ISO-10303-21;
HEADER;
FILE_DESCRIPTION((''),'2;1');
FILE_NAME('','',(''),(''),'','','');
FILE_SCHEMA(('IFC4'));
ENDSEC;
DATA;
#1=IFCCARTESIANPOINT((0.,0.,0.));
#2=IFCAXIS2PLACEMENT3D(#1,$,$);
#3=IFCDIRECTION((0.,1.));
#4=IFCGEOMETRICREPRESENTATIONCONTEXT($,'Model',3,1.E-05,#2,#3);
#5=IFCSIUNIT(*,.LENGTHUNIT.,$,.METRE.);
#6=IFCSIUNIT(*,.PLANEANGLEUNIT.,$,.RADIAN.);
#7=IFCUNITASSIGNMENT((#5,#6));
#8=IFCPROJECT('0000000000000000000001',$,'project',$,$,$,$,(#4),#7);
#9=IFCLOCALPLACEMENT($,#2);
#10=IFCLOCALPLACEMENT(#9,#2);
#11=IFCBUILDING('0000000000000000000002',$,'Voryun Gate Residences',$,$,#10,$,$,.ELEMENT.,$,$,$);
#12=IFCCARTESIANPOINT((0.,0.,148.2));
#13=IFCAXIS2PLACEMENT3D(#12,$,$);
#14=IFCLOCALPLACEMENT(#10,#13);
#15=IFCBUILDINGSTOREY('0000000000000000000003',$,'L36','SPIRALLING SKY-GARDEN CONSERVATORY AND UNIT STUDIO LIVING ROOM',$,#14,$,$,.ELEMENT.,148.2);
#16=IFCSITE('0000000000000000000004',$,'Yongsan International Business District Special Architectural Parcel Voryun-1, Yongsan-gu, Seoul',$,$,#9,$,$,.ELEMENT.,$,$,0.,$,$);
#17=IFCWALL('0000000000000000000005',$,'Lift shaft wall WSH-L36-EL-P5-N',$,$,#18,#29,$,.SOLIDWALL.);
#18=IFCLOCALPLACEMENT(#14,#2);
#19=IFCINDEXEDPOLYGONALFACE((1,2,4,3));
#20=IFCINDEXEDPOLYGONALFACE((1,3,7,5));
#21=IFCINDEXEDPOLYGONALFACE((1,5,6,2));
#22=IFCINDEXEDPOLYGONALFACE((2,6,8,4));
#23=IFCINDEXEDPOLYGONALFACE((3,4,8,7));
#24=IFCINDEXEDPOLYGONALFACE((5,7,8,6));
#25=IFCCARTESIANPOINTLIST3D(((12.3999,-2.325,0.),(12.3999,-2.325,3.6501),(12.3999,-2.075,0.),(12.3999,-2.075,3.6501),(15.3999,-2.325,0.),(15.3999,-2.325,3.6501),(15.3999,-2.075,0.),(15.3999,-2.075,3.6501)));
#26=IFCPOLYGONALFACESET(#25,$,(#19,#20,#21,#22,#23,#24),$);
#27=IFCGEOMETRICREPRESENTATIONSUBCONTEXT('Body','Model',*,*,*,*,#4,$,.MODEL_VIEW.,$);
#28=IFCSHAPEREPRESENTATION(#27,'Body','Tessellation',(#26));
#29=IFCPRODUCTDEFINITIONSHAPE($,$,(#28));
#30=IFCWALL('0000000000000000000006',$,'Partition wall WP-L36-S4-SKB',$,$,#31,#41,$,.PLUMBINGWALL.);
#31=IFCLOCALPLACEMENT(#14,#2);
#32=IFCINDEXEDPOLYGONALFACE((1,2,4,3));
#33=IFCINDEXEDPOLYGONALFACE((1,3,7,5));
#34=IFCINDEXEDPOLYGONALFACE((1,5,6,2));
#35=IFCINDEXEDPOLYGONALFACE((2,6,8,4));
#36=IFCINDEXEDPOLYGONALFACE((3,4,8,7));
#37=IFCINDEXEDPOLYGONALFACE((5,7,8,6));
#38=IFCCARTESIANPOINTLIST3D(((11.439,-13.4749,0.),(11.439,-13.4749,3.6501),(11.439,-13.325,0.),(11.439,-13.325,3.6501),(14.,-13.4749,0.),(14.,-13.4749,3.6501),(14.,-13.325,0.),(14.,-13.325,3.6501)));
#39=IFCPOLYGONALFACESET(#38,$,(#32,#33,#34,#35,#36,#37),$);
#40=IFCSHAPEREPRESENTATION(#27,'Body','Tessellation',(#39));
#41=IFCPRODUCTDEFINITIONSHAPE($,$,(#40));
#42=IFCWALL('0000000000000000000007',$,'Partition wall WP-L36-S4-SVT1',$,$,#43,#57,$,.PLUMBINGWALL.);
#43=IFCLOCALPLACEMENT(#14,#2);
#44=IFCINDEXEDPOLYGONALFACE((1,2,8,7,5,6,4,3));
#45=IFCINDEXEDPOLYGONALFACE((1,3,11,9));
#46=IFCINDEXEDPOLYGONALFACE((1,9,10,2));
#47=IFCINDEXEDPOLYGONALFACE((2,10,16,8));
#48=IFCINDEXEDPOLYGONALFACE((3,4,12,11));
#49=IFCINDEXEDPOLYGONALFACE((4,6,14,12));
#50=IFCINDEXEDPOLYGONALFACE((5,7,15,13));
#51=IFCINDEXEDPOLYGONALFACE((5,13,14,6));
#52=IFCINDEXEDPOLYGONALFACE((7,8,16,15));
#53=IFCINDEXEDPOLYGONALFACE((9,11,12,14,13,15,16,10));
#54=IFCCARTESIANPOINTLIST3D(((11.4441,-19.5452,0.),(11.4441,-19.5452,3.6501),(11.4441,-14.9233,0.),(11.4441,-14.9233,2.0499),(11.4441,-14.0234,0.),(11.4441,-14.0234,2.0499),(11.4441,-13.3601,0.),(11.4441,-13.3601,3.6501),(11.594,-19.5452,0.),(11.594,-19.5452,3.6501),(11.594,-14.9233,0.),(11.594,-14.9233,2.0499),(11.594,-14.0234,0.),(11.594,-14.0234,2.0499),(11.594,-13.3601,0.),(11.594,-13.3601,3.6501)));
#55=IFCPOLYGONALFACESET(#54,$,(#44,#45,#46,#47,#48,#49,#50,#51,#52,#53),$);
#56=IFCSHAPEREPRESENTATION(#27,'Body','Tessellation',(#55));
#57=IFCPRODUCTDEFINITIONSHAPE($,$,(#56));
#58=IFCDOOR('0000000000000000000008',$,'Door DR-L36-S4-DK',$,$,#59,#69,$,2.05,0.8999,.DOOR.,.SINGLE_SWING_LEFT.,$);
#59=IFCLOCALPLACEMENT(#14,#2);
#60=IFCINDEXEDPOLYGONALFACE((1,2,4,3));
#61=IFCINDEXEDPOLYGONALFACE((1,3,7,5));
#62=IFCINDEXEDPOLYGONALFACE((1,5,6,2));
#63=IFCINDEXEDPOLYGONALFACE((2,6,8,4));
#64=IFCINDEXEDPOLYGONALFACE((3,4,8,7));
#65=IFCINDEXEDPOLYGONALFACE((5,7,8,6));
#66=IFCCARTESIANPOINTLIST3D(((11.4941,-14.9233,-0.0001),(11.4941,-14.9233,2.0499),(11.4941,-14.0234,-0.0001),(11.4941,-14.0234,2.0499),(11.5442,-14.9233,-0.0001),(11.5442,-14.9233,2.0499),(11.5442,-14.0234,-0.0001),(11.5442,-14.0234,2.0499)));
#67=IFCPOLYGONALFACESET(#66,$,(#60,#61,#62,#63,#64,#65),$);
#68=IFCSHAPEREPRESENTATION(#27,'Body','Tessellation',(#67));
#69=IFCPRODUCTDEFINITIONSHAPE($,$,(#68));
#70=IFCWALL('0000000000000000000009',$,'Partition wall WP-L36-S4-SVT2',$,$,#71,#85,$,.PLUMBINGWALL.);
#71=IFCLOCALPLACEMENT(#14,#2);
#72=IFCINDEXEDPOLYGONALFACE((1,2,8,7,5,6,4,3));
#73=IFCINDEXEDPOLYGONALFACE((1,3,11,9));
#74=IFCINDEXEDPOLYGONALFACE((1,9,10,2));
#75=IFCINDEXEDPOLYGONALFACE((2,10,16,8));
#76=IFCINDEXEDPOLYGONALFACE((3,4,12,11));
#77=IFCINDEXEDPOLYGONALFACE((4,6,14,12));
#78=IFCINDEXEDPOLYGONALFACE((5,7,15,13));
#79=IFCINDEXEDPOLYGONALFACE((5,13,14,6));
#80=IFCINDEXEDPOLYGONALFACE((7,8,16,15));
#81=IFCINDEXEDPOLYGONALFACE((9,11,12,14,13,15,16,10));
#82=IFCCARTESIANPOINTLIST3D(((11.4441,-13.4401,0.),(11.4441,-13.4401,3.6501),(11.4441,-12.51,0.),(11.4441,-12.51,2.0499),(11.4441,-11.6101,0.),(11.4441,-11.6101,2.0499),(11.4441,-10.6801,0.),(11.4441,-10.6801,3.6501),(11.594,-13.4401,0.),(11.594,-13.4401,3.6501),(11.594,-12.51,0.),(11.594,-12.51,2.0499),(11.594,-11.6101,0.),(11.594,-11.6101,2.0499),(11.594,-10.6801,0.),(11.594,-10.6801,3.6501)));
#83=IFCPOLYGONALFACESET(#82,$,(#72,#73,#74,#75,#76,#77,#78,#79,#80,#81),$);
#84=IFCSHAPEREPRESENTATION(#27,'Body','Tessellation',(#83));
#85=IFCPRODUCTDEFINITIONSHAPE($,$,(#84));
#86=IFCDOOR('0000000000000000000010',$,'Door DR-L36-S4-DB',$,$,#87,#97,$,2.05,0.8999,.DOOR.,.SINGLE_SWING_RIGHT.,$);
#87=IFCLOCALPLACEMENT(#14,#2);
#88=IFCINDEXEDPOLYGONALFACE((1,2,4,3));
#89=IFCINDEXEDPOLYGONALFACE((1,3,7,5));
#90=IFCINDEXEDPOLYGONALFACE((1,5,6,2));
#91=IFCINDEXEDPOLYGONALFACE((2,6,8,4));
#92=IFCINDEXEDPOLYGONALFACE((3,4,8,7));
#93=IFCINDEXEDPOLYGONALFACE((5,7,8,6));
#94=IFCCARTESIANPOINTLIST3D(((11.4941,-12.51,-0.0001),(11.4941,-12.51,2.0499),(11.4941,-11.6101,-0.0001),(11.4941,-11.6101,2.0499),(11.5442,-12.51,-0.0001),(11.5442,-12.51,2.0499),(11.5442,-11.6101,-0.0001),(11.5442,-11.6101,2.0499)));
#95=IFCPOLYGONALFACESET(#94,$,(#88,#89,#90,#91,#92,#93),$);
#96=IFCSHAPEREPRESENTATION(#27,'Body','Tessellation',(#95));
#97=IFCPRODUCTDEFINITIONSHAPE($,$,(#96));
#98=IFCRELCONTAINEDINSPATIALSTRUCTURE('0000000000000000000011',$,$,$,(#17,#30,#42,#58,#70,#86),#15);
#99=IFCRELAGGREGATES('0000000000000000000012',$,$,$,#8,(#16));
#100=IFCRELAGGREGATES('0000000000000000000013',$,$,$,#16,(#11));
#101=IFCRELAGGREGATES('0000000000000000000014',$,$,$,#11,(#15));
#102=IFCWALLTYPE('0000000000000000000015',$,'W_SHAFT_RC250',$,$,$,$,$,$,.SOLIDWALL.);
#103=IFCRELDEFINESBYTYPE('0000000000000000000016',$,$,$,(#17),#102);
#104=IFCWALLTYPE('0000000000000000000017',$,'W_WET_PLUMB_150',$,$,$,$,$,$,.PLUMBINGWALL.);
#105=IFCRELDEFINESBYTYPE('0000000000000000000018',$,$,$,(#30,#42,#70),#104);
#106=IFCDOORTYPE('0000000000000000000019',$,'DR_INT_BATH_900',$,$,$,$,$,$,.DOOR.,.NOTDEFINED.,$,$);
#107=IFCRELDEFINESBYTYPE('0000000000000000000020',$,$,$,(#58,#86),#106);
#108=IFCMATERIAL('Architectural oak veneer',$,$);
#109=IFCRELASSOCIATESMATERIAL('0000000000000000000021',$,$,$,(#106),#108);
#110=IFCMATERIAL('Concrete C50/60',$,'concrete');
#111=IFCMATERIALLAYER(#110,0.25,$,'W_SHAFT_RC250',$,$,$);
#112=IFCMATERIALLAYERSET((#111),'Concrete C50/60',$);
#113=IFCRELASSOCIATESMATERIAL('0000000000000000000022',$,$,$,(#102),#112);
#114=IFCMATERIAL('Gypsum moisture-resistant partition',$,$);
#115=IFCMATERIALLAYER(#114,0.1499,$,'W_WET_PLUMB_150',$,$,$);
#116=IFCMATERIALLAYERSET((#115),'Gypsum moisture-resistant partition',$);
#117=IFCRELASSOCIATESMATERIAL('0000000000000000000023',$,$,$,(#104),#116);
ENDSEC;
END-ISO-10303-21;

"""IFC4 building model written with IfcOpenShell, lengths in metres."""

from ifc_helpers import new_model, si_unit, direction, frame, frame_2d, origin, place, context, subcontext, project, spatial, rectangle, extrude, material, layer, layer_set, type_object, element, fill, save


model = new_model("IFC4")

# Units and contexts
model_context = context("Model", 3, precision=1e-05, world=origin(), true_north=direction((0.0, 1.0)))
body_context = subcontext(model_context, "Body", "Model", "MODEL_VIEW")
ifc_project = project(units=[si_unit("LENGTHUNIT", "METRE"), si_unit("PLANEANGLEUNIT", "RADIAN")], contexts=[model_context])

# Site, building, storey
site_placement = place(None, origin())
site = spatial("IfcSite", under=ifc_project, at=site_placement, Name="Yongsan International Business District Special Architectural Parcel Voryun-1, Yongsan-gu, Seoul", CompositionType="ELEMENT", RefElevation=0.0)
building_placement = place(site_placement, origin())
building = spatial("IfcBuilding", under=site, at=building_placement, Name="Voryun Gate Residences", CompositionType="ELEMENT")
storey_placement = place(building_placement, frame((0.0, 0.0, 148.2)))
storey = spatial("IfcBuildingStorey", under=building, at=storey_placement, Name="L36", Description="SPIRALLING SKY-GARDEN CONSERVATORY AND UNIT STUDIO LIVING ROOM", CompositionType="ELEMENT", Elevation=148.2)

# Shared definitions
ifc_material_1 = material(Name="Architectural oak veneer")
door_type_1 = type_object("IfcDoorType", Name="DR_INT_BATH_900", OperationType="NOTDEFINED", PredefinedType="DOOR", material=ifc_material_1)

# Walls
ifc_material_2 = material(Name="Concrete C50/60", Category="concrete")
ifc_layer_1 = layer(ifc_material_2, 0.25, Name="W_SHAFT_RC250")
ifc_layer_set_1 = layer_set([ifc_layer_1], Name="Concrete C50/60")
wall_type_1 = type_object("IfcWallType", Name="W_SHAFT_RC250", PredefinedType="SOLIDWALL", material=ifc_layer_set_1)
wall_1_placement = place(storey_placement, frame((15.3999, -2.2, 0.0), z_axis=(0.0, 0.0, 1.0), x_axis=(-1.0, 0.0, 0.0)))
element("IfcWall", 1, at=wall_1_placement, inside=storey, type_object=wall_type_1, Name="Lift shaft wall WSH-L36-EL-P5-N", PredefinedType="SOLIDWALL", context=body_context, shape_type="SweptSolid", body=[
    extrude(rectangle(XDim=3.0, YDim=0.25, at=frame_2d((1.5, 0.0))), origin(), (0.0, 0.0, 1.0), 3.6501),
])
ifc_material_3 = material(Name="Gypsum moisture-resistant partition")
ifc_layer_2 = layer(ifc_material_3, 0.1499, Name="W_WET_PLUMB_150")
ifc_layer_set_2 = layer_set([ifc_layer_2], Name="Gypsum moisture-resistant partition")
wall_type_2 = type_object("IfcWallType", Name="W_WET_PLUMB_150", PredefinedType="PLUMBINGWALL", material=ifc_layer_set_2)
wall_2_placement = place(storey_placement, frame((11.439, -13.3999, 0.0), z_axis=(0.0, 0.0, 1.0), x_axis=(1.0, 0.0, 0.0)))
element("IfcWall", 2, at=wall_2_placement, inside=storey, type_object=wall_type_2, Name="Partition wall WP-L36-S4-SKB", PredefinedType="PLUMBINGWALL", context=body_context, shape_type="SweptSolid", body=[
    extrude(rectangle(XDim=2.561, YDim=0.1499, at=frame_2d((1.2805, 0.0))), origin(), (0.0, 0.0, 1.0), 3.6501),
])

# Walls, openings, doors
wall_3_placement = place(storey_placement, frame((11.519, -19.5452, 0.0), z_axis=(0.0, 0.0, 1.0), x_axis=(0.0, 1.0, 0.0)))
wall_3 = element("IfcWall", 3, at=wall_3_placement, inside=storey, type_object=wall_type_2, Name="Partition wall WP-L36-S4-SVT1", PredefinedType="PLUMBINGWALL", context=body_context, shape_type="SweptSolid", body=[
    extrude(rectangle(XDim=6.1851, YDim=0.1499, at=frame_2d((3.0925, 0.0))), origin(), (0.0, 0.0, 1.0), 3.6501),
])
opening_1_placement = place(wall_3_placement, frame((4.6218, 0.0, 0.0)))
opening_1 = element("IfcOpeningElement", 4, at=opening_1_placement, cuts=wall_3, PredefinedType="OPENING", context=body_context, shape_type="SweptSolid", body=[
    extrude(rectangle(XDim=0.8999, YDim=2.05, at=frame_2d((0.45, 1.0249))), frame((0.0, 0.085, 0.0), z_axis=(0.0, -1.0, 0.0), x_axis=(1.0, 0.0, 0.0)), (0.0, 0.0, 1.0), 0.1699),
])
door_1_placement = place(opening_1_placement, origin())
door_1 = element("IfcDoor", 5, at=door_1_placement, inside=storey, type_object=door_type_1, Name="Door DR-L36-S4-DK", OperationType="SINGLE_SWING_LEFT", OverallHeight=2.05, OverallWidth=0.8999, PredefinedType="DOOR", context=body_context, shape_type="SweptSolid", body=[
    extrude(rectangle(XDim=0.8999, YDim=2.05, at=frame_2d((0.45, 1.0249))), frame((0.0, 0.0249, 0.0), z_axis=(0.0, -1.0, 0.0), x_axis=(1.0, 0.0, 0.0)), (0.0, 0.0, 1.0), 0.05),
])
fill(opening_1, door_1)
wall_4_placement = place(storey_placement, frame((11.519, -13.4399, 0.0), z_axis=(0.0, 0.0, 1.0), x_axis=(0.0, 1.0, 0.0)))
wall_4 = element("IfcWall", 6, at=wall_4_placement, inside=storey, type_object=wall_type_2, Name="Partition wall WP-L36-S4-SVT2", PredefinedType="PLUMBINGWALL", context=body_context, shape_type="SweptSolid", body=[
    extrude(rectangle(XDim=2.76, YDim=0.1499, at=frame_2d((1.3799, 0.0))), origin(), (0.0, 0.0, 1.0), 3.6501),
])
opening_2_placement = place(wall_4_placement, frame((0.9299, 0.0, 0.0)))
opening_2 = element("IfcOpeningElement", 7, at=opening_2_placement, cuts=wall_4, PredefinedType="OPENING", context=body_context, shape_type="SweptSolid", body=[
    extrude(rectangle(XDim=0.8999, YDim=2.05, at=frame_2d((0.45, 1.0249))), frame((0.0, 0.085, 0.0), z_axis=(0.0, -1.0, 0.0), x_axis=(1.0, 0.0, 0.0)), (0.0, 0.0, 1.0), 0.1699),
])
door_2_placement = place(opening_2_placement, origin())
door_2 = element("IfcDoor", 8, at=door_2_placement, inside=storey, type_object=door_type_1, Name="Door DR-L36-S4-DB", OperationType="SINGLE_SWING_RIGHT", OverallHeight=2.05, OverallWidth=0.8999, PredefinedType="DOOR", context=body_context, shape_type="SweptSolid", body=[
    extrude(rectangle(XDim=0.8999, YDim=2.05, at=frame_2d((0.45, 1.0249))), frame((0.0, 0.0249, 0.0), z_axis=(0.0, -1.0, 0.0), x_axis=(1.0, 0.0, 0.0)), (0.0, 0.0, 1.0), 0.05),
])
fill(opening_2, door_2)

save(model, "model.ifc")
